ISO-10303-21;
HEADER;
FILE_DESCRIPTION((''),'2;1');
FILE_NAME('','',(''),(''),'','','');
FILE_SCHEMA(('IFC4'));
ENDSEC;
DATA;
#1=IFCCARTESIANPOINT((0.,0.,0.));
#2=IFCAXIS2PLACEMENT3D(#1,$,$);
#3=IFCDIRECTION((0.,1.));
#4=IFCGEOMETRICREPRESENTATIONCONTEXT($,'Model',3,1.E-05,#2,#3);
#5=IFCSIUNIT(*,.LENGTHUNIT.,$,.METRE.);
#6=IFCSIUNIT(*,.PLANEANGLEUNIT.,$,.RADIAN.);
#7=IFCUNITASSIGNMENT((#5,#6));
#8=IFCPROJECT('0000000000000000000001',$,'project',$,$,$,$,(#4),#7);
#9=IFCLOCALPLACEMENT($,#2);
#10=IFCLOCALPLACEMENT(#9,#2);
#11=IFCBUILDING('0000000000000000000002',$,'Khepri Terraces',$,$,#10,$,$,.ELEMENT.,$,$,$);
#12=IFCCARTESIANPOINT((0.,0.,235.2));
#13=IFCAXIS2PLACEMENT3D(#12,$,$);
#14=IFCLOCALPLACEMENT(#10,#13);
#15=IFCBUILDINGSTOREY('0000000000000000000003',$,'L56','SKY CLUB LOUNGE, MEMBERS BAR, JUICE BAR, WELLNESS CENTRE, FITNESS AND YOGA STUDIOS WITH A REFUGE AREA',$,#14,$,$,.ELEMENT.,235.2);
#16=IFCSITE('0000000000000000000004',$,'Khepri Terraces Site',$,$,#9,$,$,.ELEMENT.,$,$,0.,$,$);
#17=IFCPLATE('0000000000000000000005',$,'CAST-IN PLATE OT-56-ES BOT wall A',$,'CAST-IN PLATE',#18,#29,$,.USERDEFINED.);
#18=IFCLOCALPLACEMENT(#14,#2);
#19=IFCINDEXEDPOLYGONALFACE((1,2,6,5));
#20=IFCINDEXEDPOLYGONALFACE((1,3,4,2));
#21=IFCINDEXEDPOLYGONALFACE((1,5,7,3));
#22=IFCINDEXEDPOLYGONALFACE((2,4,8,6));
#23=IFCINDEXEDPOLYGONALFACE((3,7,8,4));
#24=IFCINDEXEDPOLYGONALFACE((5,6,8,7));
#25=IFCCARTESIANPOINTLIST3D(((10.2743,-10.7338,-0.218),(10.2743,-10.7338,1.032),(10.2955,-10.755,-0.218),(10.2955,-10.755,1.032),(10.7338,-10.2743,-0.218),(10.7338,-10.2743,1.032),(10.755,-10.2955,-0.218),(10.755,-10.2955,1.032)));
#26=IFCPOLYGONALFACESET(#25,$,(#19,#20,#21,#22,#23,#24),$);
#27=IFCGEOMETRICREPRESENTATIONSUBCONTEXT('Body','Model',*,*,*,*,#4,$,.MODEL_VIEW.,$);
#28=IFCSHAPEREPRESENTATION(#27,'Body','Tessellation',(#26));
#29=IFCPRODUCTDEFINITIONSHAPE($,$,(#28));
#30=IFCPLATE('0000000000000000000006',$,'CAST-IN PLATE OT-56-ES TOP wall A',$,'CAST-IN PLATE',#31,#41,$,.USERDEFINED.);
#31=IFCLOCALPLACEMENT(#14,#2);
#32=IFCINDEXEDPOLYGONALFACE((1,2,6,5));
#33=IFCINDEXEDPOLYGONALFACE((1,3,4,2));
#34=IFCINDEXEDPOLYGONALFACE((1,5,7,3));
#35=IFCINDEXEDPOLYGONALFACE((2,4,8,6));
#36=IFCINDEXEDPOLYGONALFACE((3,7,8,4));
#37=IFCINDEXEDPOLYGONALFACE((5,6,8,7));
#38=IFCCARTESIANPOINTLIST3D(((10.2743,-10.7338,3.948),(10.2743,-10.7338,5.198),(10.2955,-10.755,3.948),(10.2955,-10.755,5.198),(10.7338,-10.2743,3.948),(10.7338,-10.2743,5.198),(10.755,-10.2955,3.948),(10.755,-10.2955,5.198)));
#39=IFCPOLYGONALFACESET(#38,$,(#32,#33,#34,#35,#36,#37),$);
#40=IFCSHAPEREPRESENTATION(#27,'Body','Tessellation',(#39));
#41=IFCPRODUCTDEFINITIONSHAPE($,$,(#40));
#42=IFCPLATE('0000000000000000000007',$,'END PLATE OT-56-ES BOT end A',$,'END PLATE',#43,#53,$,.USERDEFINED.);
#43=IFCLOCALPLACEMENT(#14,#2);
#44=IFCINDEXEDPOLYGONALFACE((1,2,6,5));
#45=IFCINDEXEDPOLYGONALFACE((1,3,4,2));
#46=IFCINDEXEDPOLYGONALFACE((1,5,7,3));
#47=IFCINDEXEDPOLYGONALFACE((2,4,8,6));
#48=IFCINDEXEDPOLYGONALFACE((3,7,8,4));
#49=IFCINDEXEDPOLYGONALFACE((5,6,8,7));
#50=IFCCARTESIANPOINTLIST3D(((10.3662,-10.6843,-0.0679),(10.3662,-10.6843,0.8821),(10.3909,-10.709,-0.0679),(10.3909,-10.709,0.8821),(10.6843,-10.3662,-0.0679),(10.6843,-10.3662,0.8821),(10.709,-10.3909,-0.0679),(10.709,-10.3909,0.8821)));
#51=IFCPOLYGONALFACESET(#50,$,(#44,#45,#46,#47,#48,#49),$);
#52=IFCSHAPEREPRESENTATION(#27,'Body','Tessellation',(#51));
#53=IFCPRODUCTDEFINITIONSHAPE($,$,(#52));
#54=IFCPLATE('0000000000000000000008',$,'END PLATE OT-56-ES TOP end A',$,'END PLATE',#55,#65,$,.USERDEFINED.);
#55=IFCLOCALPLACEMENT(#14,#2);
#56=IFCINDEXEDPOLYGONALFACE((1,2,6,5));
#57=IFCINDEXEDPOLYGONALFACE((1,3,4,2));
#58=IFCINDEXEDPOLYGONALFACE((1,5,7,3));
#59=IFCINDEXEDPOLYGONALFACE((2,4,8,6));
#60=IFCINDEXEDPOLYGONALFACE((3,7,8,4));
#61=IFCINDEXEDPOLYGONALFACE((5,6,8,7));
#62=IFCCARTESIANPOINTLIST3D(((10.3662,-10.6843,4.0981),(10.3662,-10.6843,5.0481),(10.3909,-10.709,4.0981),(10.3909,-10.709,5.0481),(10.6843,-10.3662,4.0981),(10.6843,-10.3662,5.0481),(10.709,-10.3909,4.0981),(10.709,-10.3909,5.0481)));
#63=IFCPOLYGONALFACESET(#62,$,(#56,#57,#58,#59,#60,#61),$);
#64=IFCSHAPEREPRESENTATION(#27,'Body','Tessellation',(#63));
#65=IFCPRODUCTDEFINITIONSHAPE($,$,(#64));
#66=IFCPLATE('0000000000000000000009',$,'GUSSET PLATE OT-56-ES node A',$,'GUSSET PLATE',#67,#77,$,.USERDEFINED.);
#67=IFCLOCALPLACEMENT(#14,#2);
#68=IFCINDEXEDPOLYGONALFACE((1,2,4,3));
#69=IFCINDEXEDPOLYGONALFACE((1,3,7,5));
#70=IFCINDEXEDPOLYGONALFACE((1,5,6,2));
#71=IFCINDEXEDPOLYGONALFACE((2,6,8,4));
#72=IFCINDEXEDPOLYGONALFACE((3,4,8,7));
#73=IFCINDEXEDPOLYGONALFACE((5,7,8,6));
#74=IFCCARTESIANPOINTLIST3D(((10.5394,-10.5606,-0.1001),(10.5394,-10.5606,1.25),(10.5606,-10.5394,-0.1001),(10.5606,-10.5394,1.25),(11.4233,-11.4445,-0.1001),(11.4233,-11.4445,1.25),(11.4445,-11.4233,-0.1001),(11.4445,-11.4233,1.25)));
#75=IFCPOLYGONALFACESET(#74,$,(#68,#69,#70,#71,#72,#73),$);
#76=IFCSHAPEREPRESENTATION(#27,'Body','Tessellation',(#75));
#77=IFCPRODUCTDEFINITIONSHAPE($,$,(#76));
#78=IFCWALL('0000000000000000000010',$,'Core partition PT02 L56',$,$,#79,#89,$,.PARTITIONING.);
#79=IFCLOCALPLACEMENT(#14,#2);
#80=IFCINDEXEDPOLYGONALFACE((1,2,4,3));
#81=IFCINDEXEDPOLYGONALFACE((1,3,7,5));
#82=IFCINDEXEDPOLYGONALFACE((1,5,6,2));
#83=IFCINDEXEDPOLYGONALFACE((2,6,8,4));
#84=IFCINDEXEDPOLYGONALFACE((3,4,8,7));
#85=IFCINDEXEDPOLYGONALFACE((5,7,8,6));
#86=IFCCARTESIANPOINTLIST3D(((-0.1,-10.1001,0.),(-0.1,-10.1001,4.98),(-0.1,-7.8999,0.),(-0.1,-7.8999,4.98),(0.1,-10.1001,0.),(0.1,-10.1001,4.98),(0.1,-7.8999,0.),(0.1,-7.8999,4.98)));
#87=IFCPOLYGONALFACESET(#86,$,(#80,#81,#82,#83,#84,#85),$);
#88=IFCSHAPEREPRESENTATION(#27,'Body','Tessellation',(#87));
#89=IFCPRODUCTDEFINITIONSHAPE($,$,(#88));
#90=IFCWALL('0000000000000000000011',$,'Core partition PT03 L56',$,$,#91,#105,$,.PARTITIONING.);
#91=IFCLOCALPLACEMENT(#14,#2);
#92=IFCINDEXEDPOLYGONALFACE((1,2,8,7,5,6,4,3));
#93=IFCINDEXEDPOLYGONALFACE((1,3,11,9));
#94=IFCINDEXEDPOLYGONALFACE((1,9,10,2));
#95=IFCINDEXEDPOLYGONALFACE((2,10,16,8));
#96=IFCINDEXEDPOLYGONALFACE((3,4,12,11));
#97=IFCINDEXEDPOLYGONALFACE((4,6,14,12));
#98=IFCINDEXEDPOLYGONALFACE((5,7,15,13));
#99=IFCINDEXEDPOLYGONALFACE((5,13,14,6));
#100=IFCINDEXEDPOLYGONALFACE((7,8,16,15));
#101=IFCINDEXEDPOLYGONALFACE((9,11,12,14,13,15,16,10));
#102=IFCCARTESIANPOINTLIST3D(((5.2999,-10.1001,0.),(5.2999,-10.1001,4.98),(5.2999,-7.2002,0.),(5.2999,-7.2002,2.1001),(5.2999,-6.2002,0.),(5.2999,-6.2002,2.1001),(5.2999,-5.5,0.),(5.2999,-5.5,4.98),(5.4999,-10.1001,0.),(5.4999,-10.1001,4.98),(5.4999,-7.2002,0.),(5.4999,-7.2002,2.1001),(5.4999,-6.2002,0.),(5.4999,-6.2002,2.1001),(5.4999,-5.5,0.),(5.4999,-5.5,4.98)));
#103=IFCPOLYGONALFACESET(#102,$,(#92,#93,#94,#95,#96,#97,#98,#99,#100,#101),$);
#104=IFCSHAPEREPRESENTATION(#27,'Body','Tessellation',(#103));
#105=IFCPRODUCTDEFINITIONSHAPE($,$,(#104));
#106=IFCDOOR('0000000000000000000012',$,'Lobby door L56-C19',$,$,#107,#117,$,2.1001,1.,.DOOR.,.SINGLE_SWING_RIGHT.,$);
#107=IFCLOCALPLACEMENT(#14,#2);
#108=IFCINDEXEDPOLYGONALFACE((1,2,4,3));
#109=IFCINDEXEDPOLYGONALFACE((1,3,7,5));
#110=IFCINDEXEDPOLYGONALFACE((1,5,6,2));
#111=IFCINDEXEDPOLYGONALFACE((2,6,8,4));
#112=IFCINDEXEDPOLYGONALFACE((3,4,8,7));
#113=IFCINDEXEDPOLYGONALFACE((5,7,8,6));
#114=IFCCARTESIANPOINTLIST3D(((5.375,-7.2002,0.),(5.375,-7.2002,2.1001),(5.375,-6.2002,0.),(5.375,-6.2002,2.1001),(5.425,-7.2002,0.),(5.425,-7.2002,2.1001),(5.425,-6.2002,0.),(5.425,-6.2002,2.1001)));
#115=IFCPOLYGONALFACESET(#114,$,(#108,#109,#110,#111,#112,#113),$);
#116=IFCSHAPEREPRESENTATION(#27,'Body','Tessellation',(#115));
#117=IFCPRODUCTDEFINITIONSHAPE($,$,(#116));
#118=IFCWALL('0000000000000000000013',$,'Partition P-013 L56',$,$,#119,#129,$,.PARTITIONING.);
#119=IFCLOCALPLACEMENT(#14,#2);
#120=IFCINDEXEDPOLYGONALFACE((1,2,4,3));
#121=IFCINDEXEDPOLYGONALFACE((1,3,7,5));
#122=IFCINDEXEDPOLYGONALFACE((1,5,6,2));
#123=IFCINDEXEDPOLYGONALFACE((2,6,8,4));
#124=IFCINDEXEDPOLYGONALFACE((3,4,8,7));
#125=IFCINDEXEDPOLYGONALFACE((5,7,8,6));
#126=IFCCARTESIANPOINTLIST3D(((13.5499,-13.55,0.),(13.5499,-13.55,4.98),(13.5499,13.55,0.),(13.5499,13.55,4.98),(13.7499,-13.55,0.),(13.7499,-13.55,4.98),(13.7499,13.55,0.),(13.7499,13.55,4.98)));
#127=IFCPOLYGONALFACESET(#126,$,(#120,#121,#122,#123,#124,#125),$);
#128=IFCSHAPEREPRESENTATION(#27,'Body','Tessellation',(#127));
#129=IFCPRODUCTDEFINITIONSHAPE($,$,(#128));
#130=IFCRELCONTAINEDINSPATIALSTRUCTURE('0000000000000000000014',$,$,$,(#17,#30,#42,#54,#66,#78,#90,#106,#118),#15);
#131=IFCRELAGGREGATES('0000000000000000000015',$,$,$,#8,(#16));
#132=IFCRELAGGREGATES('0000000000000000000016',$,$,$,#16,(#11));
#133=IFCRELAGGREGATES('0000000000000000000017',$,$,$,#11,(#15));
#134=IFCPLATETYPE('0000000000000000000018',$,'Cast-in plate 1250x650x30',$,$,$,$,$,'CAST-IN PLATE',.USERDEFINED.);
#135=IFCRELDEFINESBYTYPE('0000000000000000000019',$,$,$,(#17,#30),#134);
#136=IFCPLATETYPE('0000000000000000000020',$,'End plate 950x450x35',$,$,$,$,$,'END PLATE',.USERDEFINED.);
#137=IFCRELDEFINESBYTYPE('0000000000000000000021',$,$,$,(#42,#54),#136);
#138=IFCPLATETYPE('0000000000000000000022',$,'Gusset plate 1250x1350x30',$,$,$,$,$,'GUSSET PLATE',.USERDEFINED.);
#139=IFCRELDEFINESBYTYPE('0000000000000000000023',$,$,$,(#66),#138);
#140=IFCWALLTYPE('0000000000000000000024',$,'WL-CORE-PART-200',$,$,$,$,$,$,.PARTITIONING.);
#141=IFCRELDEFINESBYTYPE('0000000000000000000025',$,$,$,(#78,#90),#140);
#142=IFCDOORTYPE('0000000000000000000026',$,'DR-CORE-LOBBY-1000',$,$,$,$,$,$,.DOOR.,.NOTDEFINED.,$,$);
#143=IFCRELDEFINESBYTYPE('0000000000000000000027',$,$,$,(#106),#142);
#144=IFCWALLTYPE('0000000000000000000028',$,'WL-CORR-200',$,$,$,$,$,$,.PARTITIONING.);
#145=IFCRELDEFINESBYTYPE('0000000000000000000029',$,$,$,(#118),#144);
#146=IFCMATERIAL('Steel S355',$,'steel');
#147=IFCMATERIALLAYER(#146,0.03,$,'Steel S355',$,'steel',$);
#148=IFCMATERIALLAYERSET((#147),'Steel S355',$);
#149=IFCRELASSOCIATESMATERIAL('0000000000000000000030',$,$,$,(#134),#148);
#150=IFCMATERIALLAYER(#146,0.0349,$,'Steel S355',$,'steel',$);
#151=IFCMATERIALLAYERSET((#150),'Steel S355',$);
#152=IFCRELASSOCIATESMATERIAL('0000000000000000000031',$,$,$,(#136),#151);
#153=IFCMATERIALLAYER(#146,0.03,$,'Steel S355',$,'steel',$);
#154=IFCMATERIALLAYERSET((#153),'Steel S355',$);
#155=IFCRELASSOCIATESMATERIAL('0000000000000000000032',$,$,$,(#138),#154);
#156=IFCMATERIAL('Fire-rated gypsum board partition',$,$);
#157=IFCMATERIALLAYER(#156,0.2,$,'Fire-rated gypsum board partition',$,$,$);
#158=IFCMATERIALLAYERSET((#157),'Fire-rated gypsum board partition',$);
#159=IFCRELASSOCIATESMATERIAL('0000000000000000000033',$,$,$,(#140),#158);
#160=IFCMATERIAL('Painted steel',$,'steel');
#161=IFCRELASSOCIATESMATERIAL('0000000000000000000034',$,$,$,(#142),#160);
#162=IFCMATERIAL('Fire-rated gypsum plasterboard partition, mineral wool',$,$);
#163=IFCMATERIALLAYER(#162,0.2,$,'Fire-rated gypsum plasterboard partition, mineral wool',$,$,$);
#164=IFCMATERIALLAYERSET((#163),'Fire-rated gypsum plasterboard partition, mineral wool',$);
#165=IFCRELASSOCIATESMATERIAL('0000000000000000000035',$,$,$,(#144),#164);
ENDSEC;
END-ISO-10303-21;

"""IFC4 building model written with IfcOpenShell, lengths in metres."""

from ifc_helpers import new_model, si_unit, direction, frame, frame_2d, origin, origin_2d, place, context, subcontext, project, spatial, rectangle, extrude, material, layer, layer_set, type_object, element, fill, save


model = new_model("IFC4")

# Units and contexts
model_context = context("Model", 3, precision=1e-05, world=origin(), true_north=direction((0.0, 1.0)))
body_context = subcontext(model_context, "Body", "Model", "MODEL_VIEW")
ifc_project = project(units=[si_unit("LENGTHUNIT", "METRE"), si_unit("PLANEANGLEUNIT", "RADIAN")], contexts=[model_context])

# Site, building, storey
site_placement = place(None, origin())
site = spatial("IfcSite", under=ifc_project, at=site_placement, Name="Khepri Terraces Site", CompositionType="ELEMENT", RefElevation=0.0)
building_placement = place(site_placement, origin())
building = spatial("IfcBuilding", under=site, at=building_placement, Name="Khepri Terraces", CompositionType="ELEMENT")
storey_placement = place(building_placement, frame((0.0, 0.0, 235.2)))
storey = spatial("IfcBuildingStorey", under=building, at=storey_placement, Name="L56", Description="SKY CLUB LOUNGE, MEMBERS BAR, JUICE BAR, WELLNESS CENTRE, FITNESS AND YOGA STUDIOS WITH A REFUGE AREA", CompositionType="ELEMENT", Elevation=235.2)

# Shared definitions
ifc_material_1 = material(Name="Steel S355", Category="steel")

# Plates
ifc_layer_1 = layer(ifc_material_1, 0.03, Name="Steel S355", Category="steel")
ifc_layer_set_1 = layer_set([ifc_layer_1], Name="Steel S355")
plate_type_1 = type_object("IfcPlateType", Name="Cast-in plate 1250x650x30", ElementType="CAST-IN PLATE", PredefinedType="USERDEFINED", material=ifc_layer_set_1)
for number, where, z_axis, x_axis, name in (
    (1, (10.5146, -10.5146, -0.218), (0.0, 0.0, 1.0), (0.707107, -0.707107, 0.0), "CAST-IN PLATE OT-56-ES BOT wall A"),
    (2, (10.5146, -10.5146, 3.948), (0.0, 0.0, 1.0), (0.707107, -0.707107, 0.0), "CAST-IN PLATE OT-56-ES TOP wall A"),
):
    element("IfcPlate", number, at=place(storey_placement, frame(where, z_axis=z_axis, x_axis=x_axis)), inside=storey, type_object=plate_type_1, Name=name, ObjectType="CAST-IN PLATE", PredefinedType="USERDEFINED", context=body_context, shape_type="SweptSolid", body=[
        extrude(rectangle(XDim=0.03, YDim=0.6499, at=origin_2d()), origin(), (0.0, 0.0, 1.0), 1.25),
    ])
ifc_layer_2 = layer(ifc_material_1, 0.0349, Name="Steel S355", Category="steel")
ifc_layer_set_2 = layer_set([ifc_layer_2], Name="Steel S355")
plate_type_2 = type_object("IfcPlateType", Name="End plate 950x450x35", ElementType="END PLATE", PredefinedType="USERDEFINED", material=ifc_layer_set_2)
for number, where, z_axis, x_axis, name in (
    (3, (10.5376, -10.5376, -0.0679), (0.0, 0.0, 1.0), (0.707107, -0.707107, 0.0), "END PLATE OT-56-ES BOT end A"),
    (4, (10.5376, -10.5376, 4.0981), (0.0, 0.0, 1.0), (0.707107, -0.707107, 0.0), "END PLATE OT-56-ES TOP end A"),
):
    element("IfcPlate", number, at=place(storey_placement, frame(where, z_axis=z_axis, x_axis=x_axis)), inside=storey, type_object=plate_type_2, Name=name, ObjectType="END PLATE", PredefinedType="USERDEFINED", context=body_context, shape_type="SweptSolid", body=[
        extrude(rectangle(XDim=0.0349, YDim=0.45, at=origin_2d()), origin(), (0.0, 0.0, 1.0), 0.95),
    ])
ifc_layer_3 = layer(ifc_material_1, 0.03, Name="Steel S355", Category="steel")
ifc_layer_set_3 = layer_set([ifc_layer_3], Name="Steel S355")
plate_type_3 = type_object("IfcPlateType", Name="Gusset plate 1250x1350x30", ElementType="GUSSET PLATE", PredefinedType="USERDEFINED", material=ifc_layer_set_3)
plate_placement = place(storey_placement, frame((10.9919, -10.9919, -0.1001), z_axis=(0.0, 0.0, 1.0), x_axis=(0.707107, -0.707107, 0.0)))
element("IfcPlate", 5, at=plate_placement, inside=storey, type_object=plate_type_3, Name="GUSSET PLATE OT-56-ES node A", ObjectType="GUSSET PLATE", PredefinedType="USERDEFINED", context=body_context, shape_type="SweptSolid", body=[
    extrude(rectangle(XDim=1.25, YDim=0.03, at=origin_2d()), origin(), (0.0, 0.0, 1.0), 1.3501),
])

# Wall
ifc_material_2 = material(Name="Fire-rated gypsum board partition")
ifc_layer_4 = layer(ifc_material_2, 0.2, Name="Fire-rated gypsum board partition")
ifc_layer_set_4 = layer_set([ifc_layer_4], Name="Fire-rated gypsum board partition")
wall_type_1 = type_object("IfcWallType", Name="WL-CORE-PART-200", PredefinedType="PARTITIONING", material=ifc_layer_set_4)
wall_1_placement = place(storey_placement, frame((0.0, -10.1001, 0.0), z_axis=(0.0, 0.0, 1.0), x_axis=(0.0, 1.0, 0.0)))
element("IfcWall", 6, at=wall_1_placement, inside=storey, type_object=wall_type_1, Name="Core partition PT02 L56", PredefinedType="PARTITIONING", context=body_context, shape_type="SweptSolid", body=[
    extrude(rectangle(XDim=2.2002, YDim=0.2, at=frame_2d((1.1001, 0.0))), origin(), (0.0, 0.0, 1.0), 4.98),
])

# Wall, opening, door
wall_2_placement = place(storey_placement, frame((5.3999, -10.1001, 0.0), z_axis=(0.0, 0.0, 1.0), x_axis=(0.0, 1.0, 0.0)))
wall_2 = element("IfcWall", 7, at=wall_2_placement, inside=storey, type_object=wall_type_1, Name="Core partition PT03 L56", PredefinedType="PARTITIONING", context=body_context, shape_type="SweptSolid", body=[
    extrude(rectangle(XDim=4.6001, YDim=0.2, at=frame_2d((2.3, 0.0))), origin(), (0.0, 0.0, 1.0), 4.98),
])
opening_placement = place(wall_2_placement, frame((2.8999, 0.0, 0.0)))
opening = element("IfcOpeningElement", 8, at=opening_placement, cuts=wall_2, PredefinedType="OPENING", context=body_context, shape_type="SweptSolid", body=[
    extrude(rectangle(XDim=1.0, YDim=2.1001, at=frame_2d((0.5, 1.05))), frame((0.0, 0.1099, 0.0), z_axis=(0.0, -1.0, 0.0), x_axis=(1.0, 0.0, 0.0)), (0.0, 0.0, 1.0), 0.22),
])
ifc_material_3 = material(Name="Painted steel", Category="steel")
door_type = type_object("IfcDoorType", Name="DR-CORE-LOBBY-1000", OperationType="NOTDEFINED", PredefinedType="DOOR", material=ifc_material_3)
door_placement = place(opening_placement, origin())
door = element("IfcDoor", 9, at=door_placement, inside=storey, type_object=door_type, Name="Lobby door L56-C19", OperationType="SINGLE_SWING_RIGHT", OverallHeight=2.1001, OverallWidth=1.0, PredefinedType="DOOR", context=body_context, shape_type="SweptSolid", body=[
    extrude(rectangle(XDim=1.0, YDim=2.1001, at=frame_2d((0.5, 1.05))), frame((0.0, 0.0249, 0.0), z_axis=(0.0, -1.0, 0.0), x_axis=(1.0, 0.0, 0.0)), (0.0, 0.0, 1.0), 0.05),
])
fill(opening, door)

# Wall
ifc_material_4 = material(Name="Fire-rated gypsum plasterboard partition, mineral wool")
ifc_layer_5 = layer(ifc_material_4, 0.2, Name="Fire-rated gypsum plasterboard partition, mineral wool")
ifc_layer_set_5 = layer_set([ifc_layer_5], Name="Fire-rated gypsum plasterboard partition, mineral wool")
wall_type_2 = type_object("IfcWallType", Name="WL-CORR-200", PredefinedType="PARTITIONING", material=ifc_layer_set_5)
wall_3_placement = place(storey_placement, frame((13.6499, -13.55, 0.0), z_axis=(0.0, 0.0, 1.0), x_axis=(0.0, 1.0, 0.0)))
element("IfcWall", 10, at=wall_3_placement, inside=storey, type_object=wall_type_2, Name="Partition P-013 L56", PredefinedType="PARTITIONING", context=body_context, shape_type="SweptSolid", body=[
    extrude(rectangle(XDim=27.1001, YDim=0.2, at=frame_2d((13.55, 0.0))), origin(), (0.0, 0.0, 1.0), 4.98),
])

save(model, "model.ifc")
